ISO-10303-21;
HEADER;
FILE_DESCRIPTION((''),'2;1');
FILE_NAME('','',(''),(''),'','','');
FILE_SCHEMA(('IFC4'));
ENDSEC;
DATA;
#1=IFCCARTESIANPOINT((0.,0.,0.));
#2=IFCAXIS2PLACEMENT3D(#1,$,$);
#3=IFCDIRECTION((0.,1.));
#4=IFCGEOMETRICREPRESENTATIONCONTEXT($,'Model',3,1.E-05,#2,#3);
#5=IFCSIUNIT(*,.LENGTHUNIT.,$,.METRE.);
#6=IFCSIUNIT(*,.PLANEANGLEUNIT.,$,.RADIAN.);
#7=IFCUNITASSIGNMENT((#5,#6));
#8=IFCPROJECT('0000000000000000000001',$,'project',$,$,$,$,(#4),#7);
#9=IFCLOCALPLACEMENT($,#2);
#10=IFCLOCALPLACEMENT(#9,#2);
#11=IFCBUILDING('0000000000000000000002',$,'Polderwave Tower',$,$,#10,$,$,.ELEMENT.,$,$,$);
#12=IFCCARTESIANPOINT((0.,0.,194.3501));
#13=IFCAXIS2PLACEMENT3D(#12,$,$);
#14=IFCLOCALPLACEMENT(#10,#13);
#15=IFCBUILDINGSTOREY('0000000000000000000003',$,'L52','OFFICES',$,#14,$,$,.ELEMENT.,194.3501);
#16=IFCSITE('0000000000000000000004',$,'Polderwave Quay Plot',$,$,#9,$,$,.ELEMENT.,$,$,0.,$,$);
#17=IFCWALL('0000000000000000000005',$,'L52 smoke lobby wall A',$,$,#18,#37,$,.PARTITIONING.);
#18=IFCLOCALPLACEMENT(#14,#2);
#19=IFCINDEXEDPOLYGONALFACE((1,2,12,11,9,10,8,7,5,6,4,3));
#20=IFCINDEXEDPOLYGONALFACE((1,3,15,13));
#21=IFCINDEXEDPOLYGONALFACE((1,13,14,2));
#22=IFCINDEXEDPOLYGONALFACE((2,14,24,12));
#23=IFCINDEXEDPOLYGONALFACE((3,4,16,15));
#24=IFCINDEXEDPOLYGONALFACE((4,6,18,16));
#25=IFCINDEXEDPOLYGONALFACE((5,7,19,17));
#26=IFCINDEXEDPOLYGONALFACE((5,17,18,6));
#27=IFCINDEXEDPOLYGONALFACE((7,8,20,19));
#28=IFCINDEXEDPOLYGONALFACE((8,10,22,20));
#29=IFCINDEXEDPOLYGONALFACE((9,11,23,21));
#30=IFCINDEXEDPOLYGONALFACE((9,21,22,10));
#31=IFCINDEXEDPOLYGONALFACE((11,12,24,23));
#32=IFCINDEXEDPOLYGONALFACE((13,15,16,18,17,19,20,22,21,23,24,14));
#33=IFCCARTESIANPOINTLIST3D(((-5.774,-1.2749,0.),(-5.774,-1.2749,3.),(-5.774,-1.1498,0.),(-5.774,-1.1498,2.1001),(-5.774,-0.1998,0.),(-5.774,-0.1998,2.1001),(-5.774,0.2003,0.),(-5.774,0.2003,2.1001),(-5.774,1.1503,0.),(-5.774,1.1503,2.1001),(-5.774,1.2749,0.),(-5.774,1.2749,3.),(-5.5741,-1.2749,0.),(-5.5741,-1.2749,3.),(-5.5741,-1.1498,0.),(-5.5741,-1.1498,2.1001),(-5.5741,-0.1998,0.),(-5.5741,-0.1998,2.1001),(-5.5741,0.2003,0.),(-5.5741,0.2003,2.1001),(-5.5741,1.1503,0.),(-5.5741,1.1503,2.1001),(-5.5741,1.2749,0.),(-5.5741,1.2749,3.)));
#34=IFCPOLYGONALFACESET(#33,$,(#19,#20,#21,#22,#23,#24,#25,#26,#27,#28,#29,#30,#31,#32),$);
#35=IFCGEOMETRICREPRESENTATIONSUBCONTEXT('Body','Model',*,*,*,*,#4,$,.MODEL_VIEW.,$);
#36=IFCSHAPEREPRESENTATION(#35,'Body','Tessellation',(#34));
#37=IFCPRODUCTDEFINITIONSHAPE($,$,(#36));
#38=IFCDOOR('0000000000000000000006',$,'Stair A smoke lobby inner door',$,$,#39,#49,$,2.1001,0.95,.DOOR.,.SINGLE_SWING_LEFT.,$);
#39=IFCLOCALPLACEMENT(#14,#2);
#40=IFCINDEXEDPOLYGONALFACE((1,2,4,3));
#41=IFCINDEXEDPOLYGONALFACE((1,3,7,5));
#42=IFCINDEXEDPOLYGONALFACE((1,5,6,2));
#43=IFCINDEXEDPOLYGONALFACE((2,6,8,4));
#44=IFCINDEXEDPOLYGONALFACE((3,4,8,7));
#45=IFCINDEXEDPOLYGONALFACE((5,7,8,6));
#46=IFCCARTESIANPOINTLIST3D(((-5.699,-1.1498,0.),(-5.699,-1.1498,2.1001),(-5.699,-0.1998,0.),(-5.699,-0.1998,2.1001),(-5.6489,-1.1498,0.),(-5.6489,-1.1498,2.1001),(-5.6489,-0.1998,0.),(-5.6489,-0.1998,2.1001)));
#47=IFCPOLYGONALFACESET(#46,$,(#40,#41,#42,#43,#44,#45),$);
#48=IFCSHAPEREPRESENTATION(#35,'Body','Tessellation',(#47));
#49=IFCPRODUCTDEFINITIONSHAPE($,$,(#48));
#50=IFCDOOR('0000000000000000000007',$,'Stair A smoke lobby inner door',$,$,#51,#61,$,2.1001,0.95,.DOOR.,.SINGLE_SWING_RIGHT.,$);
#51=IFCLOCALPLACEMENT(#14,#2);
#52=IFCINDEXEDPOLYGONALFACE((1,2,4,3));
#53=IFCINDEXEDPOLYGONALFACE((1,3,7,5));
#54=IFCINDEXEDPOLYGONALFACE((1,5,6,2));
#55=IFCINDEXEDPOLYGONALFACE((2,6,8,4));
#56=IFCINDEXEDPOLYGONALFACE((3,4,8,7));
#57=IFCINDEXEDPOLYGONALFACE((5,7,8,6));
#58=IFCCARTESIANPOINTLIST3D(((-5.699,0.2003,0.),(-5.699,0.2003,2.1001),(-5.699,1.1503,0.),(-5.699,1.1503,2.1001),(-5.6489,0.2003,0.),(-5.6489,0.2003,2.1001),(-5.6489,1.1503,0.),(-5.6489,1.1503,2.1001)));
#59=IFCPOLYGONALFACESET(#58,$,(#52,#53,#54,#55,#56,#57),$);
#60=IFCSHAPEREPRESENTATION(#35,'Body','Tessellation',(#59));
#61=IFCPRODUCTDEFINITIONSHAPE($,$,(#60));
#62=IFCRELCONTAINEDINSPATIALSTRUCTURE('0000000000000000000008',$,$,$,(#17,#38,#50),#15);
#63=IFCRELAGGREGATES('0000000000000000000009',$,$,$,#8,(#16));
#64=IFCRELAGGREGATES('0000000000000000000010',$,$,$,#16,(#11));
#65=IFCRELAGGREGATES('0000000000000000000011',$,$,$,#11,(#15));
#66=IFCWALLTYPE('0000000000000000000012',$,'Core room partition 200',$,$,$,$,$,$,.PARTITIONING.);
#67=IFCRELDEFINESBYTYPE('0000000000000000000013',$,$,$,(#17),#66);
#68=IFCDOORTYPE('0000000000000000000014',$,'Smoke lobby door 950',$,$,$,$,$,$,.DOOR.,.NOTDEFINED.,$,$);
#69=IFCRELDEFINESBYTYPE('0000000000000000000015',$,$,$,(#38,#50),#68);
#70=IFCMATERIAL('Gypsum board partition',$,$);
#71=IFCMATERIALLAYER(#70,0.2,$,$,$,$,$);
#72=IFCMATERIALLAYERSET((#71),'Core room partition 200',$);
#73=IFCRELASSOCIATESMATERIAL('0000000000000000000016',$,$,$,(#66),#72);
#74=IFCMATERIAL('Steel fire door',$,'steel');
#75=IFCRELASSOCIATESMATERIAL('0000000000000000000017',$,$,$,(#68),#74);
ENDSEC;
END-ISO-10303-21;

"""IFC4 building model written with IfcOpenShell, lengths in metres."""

from ifc_helpers import new_model, si_unit, direction, frame, frame_2d, origin, place, context, subcontext, project, spatial, rectangle, extrude, material, layer, layer_set, type_object, element, fill, save


model = new_model("IFC4")

# Units and contexts
model_context = context("Model", 3, precision=1e-05, world=origin(), true_north=direction((0.0, 1.0)))
body_context = subcontext(model_context, "Body", "Model", "MODEL_VIEW")
ifc_project = project(units=[si_unit("LENGTHUNIT", "METRE"), si_unit("PLANEANGLEUNIT", "RADIAN")], contexts=[model_context])

# Site, building, storey
site_placement = place(None, origin())
site = spatial("IfcSite", under=ifc_project, at=site_placement, Name="Polderwave Quay Plot", CompositionType="ELEMENT", RefElevation=0.0)
building_placement = place(site_placement, origin())
building = spatial("IfcBuilding", under=site, at=building_placement, Name="Polderwave Tower", CompositionType="ELEMENT")
storey_placement = place(building_placement, frame((0.0, 0.0, 194.3501)))
storey = spatial("IfcBuildingStorey", under=building, at=storey_placement, Name="L52", Description="OFFICES", CompositionType="ELEMENT", Elevation=194.3501)

# Wall, openings, doors
ifc_material_1 = material(Name="Gypsum board partition")
ifc_layer_1 = layer(ifc_material_1, 0.2)
ifc_layer_set_1 = layer_set([ifc_layer_1], Name="Core room partition 200")
wall_type_1 = type_object("IfcWallType", Name="Core room partition 200", PredefinedType="PARTITIONING", material=ifc_layer_set_1)
wall_1_placement = place(storey_placement, frame((-5.6741, -1.2749, 0.0), z_axis=(0.0, 0.0, 1.0), x_axis=(0.0, 1.0, 0.0)))
wall_1 = element("IfcWall", 1, at=wall_1_placement, inside=storey, type_object=wall_type_1, Name="L52 smoke lobby wall A", PredefinedType="PARTITIONING", context=body_context, shape_type="SweptSolid", body=[
    extrude(rectangle(XDim=2.5498, YDim=0.2, at=frame_2d((1.2749, 0.0))), origin(), (0.0, 0.0, 1.0), 3.0),
])
opening_1_placement = place(wall_1_placement, frame((0.125, 0.0, 0.0)))
opening_1 = element("IfcOpeningElement", 2, at=opening_1_placement, cuts=wall_1, PredefinedType="OPENING", context=body_context, shape_type="SweptSolid", body=[
    extrude(rectangle(XDim=0.95, YDim=2.1001, at=frame_2d((0.4751, 1.05))), frame((0.0, 0.1099, 0.0), z_axis=(0.0, -1.0, 0.0), x_axis=(1.0, 0.0, 0.0)), (0.0, 0.0, 1.0), 0.22),
])
opening_2_placement = place(wall_1_placement, frame((1.4751, 0.0, 0.0)))
opening_2 = element("IfcOpeningElement", 3, at=opening_2_placement, cuts=wall_1, PredefinedType="OPENING", context=body_context, shape_type="SweptSolid", body=[
    extrude(rectangle(XDim=0.95, YDim=2.1001, at=frame_2d((0.4751, 1.05))), frame((0.0, 0.1099, 0.0), z_axis=(0.0, -1.0, 0.0), x_axis=(1.0, 0.0, 0.0)), (0.0, 0.0, 1.0), 0.22),
])
ifc_material_2 = material(Name="Steel fire door", Category="steel")
door_type_1 = type_object("IfcDoorType", Name="Smoke lobby door 950", OperationType="NOTDEFINED", PredefinedType="DOOR", material=ifc_material_2)
door_1_placement = place(opening_1_placement, origin())
door_1 = element("IfcDoor", 4, at=door_1_placement, inside=storey, type_object=door_type_1, Name="Stair A smoke lobby inner door", OperationType="SINGLE_SWING_LEFT", OverallHeight=2.1001, OverallWidth=0.95, PredefinedType="DOOR", context=body_context, shape_type="SweptSolid", body=[
    extrude(rectangle(XDim=0.95, YDim=2.1001, at=frame_2d((0.4751, 1.05))), frame((0.0, 0.0249, 0.0), z_axis=(0.0, -1.0, 0.0), x_axis=(1.0, 0.0, 0.0)), (0.0, 0.0, 1.0), 0.05),
])
fill(opening_1, door_1)
door_2_placement = place(opening_2_placement, origin())
door_2 = element("IfcDoor", 5, at=door_2_placement, inside=storey, type_object=door_type_1, Name="Stair A smoke lobby inner door", OperationType="SINGLE_SWING_RIGHT", OverallHeight=2.1001, OverallWidth=0.95, PredefinedType="DOOR", context=body_context, shape_type="SweptSolid", body=[
    extrude(rectangle(XDim=0.95, YDim=2.1001, at=frame_2d((0.4751, 1.05))), frame((0.0, 0.0249, 0.0), z_axis=(0.0, -1.0, 0.0), x_axis=(1.0, 0.0, 0.0)), (0.0, 0.0, 1.0), 0.05),
])
fill(opening_2, door_2)

save(model, "model.ifc")
